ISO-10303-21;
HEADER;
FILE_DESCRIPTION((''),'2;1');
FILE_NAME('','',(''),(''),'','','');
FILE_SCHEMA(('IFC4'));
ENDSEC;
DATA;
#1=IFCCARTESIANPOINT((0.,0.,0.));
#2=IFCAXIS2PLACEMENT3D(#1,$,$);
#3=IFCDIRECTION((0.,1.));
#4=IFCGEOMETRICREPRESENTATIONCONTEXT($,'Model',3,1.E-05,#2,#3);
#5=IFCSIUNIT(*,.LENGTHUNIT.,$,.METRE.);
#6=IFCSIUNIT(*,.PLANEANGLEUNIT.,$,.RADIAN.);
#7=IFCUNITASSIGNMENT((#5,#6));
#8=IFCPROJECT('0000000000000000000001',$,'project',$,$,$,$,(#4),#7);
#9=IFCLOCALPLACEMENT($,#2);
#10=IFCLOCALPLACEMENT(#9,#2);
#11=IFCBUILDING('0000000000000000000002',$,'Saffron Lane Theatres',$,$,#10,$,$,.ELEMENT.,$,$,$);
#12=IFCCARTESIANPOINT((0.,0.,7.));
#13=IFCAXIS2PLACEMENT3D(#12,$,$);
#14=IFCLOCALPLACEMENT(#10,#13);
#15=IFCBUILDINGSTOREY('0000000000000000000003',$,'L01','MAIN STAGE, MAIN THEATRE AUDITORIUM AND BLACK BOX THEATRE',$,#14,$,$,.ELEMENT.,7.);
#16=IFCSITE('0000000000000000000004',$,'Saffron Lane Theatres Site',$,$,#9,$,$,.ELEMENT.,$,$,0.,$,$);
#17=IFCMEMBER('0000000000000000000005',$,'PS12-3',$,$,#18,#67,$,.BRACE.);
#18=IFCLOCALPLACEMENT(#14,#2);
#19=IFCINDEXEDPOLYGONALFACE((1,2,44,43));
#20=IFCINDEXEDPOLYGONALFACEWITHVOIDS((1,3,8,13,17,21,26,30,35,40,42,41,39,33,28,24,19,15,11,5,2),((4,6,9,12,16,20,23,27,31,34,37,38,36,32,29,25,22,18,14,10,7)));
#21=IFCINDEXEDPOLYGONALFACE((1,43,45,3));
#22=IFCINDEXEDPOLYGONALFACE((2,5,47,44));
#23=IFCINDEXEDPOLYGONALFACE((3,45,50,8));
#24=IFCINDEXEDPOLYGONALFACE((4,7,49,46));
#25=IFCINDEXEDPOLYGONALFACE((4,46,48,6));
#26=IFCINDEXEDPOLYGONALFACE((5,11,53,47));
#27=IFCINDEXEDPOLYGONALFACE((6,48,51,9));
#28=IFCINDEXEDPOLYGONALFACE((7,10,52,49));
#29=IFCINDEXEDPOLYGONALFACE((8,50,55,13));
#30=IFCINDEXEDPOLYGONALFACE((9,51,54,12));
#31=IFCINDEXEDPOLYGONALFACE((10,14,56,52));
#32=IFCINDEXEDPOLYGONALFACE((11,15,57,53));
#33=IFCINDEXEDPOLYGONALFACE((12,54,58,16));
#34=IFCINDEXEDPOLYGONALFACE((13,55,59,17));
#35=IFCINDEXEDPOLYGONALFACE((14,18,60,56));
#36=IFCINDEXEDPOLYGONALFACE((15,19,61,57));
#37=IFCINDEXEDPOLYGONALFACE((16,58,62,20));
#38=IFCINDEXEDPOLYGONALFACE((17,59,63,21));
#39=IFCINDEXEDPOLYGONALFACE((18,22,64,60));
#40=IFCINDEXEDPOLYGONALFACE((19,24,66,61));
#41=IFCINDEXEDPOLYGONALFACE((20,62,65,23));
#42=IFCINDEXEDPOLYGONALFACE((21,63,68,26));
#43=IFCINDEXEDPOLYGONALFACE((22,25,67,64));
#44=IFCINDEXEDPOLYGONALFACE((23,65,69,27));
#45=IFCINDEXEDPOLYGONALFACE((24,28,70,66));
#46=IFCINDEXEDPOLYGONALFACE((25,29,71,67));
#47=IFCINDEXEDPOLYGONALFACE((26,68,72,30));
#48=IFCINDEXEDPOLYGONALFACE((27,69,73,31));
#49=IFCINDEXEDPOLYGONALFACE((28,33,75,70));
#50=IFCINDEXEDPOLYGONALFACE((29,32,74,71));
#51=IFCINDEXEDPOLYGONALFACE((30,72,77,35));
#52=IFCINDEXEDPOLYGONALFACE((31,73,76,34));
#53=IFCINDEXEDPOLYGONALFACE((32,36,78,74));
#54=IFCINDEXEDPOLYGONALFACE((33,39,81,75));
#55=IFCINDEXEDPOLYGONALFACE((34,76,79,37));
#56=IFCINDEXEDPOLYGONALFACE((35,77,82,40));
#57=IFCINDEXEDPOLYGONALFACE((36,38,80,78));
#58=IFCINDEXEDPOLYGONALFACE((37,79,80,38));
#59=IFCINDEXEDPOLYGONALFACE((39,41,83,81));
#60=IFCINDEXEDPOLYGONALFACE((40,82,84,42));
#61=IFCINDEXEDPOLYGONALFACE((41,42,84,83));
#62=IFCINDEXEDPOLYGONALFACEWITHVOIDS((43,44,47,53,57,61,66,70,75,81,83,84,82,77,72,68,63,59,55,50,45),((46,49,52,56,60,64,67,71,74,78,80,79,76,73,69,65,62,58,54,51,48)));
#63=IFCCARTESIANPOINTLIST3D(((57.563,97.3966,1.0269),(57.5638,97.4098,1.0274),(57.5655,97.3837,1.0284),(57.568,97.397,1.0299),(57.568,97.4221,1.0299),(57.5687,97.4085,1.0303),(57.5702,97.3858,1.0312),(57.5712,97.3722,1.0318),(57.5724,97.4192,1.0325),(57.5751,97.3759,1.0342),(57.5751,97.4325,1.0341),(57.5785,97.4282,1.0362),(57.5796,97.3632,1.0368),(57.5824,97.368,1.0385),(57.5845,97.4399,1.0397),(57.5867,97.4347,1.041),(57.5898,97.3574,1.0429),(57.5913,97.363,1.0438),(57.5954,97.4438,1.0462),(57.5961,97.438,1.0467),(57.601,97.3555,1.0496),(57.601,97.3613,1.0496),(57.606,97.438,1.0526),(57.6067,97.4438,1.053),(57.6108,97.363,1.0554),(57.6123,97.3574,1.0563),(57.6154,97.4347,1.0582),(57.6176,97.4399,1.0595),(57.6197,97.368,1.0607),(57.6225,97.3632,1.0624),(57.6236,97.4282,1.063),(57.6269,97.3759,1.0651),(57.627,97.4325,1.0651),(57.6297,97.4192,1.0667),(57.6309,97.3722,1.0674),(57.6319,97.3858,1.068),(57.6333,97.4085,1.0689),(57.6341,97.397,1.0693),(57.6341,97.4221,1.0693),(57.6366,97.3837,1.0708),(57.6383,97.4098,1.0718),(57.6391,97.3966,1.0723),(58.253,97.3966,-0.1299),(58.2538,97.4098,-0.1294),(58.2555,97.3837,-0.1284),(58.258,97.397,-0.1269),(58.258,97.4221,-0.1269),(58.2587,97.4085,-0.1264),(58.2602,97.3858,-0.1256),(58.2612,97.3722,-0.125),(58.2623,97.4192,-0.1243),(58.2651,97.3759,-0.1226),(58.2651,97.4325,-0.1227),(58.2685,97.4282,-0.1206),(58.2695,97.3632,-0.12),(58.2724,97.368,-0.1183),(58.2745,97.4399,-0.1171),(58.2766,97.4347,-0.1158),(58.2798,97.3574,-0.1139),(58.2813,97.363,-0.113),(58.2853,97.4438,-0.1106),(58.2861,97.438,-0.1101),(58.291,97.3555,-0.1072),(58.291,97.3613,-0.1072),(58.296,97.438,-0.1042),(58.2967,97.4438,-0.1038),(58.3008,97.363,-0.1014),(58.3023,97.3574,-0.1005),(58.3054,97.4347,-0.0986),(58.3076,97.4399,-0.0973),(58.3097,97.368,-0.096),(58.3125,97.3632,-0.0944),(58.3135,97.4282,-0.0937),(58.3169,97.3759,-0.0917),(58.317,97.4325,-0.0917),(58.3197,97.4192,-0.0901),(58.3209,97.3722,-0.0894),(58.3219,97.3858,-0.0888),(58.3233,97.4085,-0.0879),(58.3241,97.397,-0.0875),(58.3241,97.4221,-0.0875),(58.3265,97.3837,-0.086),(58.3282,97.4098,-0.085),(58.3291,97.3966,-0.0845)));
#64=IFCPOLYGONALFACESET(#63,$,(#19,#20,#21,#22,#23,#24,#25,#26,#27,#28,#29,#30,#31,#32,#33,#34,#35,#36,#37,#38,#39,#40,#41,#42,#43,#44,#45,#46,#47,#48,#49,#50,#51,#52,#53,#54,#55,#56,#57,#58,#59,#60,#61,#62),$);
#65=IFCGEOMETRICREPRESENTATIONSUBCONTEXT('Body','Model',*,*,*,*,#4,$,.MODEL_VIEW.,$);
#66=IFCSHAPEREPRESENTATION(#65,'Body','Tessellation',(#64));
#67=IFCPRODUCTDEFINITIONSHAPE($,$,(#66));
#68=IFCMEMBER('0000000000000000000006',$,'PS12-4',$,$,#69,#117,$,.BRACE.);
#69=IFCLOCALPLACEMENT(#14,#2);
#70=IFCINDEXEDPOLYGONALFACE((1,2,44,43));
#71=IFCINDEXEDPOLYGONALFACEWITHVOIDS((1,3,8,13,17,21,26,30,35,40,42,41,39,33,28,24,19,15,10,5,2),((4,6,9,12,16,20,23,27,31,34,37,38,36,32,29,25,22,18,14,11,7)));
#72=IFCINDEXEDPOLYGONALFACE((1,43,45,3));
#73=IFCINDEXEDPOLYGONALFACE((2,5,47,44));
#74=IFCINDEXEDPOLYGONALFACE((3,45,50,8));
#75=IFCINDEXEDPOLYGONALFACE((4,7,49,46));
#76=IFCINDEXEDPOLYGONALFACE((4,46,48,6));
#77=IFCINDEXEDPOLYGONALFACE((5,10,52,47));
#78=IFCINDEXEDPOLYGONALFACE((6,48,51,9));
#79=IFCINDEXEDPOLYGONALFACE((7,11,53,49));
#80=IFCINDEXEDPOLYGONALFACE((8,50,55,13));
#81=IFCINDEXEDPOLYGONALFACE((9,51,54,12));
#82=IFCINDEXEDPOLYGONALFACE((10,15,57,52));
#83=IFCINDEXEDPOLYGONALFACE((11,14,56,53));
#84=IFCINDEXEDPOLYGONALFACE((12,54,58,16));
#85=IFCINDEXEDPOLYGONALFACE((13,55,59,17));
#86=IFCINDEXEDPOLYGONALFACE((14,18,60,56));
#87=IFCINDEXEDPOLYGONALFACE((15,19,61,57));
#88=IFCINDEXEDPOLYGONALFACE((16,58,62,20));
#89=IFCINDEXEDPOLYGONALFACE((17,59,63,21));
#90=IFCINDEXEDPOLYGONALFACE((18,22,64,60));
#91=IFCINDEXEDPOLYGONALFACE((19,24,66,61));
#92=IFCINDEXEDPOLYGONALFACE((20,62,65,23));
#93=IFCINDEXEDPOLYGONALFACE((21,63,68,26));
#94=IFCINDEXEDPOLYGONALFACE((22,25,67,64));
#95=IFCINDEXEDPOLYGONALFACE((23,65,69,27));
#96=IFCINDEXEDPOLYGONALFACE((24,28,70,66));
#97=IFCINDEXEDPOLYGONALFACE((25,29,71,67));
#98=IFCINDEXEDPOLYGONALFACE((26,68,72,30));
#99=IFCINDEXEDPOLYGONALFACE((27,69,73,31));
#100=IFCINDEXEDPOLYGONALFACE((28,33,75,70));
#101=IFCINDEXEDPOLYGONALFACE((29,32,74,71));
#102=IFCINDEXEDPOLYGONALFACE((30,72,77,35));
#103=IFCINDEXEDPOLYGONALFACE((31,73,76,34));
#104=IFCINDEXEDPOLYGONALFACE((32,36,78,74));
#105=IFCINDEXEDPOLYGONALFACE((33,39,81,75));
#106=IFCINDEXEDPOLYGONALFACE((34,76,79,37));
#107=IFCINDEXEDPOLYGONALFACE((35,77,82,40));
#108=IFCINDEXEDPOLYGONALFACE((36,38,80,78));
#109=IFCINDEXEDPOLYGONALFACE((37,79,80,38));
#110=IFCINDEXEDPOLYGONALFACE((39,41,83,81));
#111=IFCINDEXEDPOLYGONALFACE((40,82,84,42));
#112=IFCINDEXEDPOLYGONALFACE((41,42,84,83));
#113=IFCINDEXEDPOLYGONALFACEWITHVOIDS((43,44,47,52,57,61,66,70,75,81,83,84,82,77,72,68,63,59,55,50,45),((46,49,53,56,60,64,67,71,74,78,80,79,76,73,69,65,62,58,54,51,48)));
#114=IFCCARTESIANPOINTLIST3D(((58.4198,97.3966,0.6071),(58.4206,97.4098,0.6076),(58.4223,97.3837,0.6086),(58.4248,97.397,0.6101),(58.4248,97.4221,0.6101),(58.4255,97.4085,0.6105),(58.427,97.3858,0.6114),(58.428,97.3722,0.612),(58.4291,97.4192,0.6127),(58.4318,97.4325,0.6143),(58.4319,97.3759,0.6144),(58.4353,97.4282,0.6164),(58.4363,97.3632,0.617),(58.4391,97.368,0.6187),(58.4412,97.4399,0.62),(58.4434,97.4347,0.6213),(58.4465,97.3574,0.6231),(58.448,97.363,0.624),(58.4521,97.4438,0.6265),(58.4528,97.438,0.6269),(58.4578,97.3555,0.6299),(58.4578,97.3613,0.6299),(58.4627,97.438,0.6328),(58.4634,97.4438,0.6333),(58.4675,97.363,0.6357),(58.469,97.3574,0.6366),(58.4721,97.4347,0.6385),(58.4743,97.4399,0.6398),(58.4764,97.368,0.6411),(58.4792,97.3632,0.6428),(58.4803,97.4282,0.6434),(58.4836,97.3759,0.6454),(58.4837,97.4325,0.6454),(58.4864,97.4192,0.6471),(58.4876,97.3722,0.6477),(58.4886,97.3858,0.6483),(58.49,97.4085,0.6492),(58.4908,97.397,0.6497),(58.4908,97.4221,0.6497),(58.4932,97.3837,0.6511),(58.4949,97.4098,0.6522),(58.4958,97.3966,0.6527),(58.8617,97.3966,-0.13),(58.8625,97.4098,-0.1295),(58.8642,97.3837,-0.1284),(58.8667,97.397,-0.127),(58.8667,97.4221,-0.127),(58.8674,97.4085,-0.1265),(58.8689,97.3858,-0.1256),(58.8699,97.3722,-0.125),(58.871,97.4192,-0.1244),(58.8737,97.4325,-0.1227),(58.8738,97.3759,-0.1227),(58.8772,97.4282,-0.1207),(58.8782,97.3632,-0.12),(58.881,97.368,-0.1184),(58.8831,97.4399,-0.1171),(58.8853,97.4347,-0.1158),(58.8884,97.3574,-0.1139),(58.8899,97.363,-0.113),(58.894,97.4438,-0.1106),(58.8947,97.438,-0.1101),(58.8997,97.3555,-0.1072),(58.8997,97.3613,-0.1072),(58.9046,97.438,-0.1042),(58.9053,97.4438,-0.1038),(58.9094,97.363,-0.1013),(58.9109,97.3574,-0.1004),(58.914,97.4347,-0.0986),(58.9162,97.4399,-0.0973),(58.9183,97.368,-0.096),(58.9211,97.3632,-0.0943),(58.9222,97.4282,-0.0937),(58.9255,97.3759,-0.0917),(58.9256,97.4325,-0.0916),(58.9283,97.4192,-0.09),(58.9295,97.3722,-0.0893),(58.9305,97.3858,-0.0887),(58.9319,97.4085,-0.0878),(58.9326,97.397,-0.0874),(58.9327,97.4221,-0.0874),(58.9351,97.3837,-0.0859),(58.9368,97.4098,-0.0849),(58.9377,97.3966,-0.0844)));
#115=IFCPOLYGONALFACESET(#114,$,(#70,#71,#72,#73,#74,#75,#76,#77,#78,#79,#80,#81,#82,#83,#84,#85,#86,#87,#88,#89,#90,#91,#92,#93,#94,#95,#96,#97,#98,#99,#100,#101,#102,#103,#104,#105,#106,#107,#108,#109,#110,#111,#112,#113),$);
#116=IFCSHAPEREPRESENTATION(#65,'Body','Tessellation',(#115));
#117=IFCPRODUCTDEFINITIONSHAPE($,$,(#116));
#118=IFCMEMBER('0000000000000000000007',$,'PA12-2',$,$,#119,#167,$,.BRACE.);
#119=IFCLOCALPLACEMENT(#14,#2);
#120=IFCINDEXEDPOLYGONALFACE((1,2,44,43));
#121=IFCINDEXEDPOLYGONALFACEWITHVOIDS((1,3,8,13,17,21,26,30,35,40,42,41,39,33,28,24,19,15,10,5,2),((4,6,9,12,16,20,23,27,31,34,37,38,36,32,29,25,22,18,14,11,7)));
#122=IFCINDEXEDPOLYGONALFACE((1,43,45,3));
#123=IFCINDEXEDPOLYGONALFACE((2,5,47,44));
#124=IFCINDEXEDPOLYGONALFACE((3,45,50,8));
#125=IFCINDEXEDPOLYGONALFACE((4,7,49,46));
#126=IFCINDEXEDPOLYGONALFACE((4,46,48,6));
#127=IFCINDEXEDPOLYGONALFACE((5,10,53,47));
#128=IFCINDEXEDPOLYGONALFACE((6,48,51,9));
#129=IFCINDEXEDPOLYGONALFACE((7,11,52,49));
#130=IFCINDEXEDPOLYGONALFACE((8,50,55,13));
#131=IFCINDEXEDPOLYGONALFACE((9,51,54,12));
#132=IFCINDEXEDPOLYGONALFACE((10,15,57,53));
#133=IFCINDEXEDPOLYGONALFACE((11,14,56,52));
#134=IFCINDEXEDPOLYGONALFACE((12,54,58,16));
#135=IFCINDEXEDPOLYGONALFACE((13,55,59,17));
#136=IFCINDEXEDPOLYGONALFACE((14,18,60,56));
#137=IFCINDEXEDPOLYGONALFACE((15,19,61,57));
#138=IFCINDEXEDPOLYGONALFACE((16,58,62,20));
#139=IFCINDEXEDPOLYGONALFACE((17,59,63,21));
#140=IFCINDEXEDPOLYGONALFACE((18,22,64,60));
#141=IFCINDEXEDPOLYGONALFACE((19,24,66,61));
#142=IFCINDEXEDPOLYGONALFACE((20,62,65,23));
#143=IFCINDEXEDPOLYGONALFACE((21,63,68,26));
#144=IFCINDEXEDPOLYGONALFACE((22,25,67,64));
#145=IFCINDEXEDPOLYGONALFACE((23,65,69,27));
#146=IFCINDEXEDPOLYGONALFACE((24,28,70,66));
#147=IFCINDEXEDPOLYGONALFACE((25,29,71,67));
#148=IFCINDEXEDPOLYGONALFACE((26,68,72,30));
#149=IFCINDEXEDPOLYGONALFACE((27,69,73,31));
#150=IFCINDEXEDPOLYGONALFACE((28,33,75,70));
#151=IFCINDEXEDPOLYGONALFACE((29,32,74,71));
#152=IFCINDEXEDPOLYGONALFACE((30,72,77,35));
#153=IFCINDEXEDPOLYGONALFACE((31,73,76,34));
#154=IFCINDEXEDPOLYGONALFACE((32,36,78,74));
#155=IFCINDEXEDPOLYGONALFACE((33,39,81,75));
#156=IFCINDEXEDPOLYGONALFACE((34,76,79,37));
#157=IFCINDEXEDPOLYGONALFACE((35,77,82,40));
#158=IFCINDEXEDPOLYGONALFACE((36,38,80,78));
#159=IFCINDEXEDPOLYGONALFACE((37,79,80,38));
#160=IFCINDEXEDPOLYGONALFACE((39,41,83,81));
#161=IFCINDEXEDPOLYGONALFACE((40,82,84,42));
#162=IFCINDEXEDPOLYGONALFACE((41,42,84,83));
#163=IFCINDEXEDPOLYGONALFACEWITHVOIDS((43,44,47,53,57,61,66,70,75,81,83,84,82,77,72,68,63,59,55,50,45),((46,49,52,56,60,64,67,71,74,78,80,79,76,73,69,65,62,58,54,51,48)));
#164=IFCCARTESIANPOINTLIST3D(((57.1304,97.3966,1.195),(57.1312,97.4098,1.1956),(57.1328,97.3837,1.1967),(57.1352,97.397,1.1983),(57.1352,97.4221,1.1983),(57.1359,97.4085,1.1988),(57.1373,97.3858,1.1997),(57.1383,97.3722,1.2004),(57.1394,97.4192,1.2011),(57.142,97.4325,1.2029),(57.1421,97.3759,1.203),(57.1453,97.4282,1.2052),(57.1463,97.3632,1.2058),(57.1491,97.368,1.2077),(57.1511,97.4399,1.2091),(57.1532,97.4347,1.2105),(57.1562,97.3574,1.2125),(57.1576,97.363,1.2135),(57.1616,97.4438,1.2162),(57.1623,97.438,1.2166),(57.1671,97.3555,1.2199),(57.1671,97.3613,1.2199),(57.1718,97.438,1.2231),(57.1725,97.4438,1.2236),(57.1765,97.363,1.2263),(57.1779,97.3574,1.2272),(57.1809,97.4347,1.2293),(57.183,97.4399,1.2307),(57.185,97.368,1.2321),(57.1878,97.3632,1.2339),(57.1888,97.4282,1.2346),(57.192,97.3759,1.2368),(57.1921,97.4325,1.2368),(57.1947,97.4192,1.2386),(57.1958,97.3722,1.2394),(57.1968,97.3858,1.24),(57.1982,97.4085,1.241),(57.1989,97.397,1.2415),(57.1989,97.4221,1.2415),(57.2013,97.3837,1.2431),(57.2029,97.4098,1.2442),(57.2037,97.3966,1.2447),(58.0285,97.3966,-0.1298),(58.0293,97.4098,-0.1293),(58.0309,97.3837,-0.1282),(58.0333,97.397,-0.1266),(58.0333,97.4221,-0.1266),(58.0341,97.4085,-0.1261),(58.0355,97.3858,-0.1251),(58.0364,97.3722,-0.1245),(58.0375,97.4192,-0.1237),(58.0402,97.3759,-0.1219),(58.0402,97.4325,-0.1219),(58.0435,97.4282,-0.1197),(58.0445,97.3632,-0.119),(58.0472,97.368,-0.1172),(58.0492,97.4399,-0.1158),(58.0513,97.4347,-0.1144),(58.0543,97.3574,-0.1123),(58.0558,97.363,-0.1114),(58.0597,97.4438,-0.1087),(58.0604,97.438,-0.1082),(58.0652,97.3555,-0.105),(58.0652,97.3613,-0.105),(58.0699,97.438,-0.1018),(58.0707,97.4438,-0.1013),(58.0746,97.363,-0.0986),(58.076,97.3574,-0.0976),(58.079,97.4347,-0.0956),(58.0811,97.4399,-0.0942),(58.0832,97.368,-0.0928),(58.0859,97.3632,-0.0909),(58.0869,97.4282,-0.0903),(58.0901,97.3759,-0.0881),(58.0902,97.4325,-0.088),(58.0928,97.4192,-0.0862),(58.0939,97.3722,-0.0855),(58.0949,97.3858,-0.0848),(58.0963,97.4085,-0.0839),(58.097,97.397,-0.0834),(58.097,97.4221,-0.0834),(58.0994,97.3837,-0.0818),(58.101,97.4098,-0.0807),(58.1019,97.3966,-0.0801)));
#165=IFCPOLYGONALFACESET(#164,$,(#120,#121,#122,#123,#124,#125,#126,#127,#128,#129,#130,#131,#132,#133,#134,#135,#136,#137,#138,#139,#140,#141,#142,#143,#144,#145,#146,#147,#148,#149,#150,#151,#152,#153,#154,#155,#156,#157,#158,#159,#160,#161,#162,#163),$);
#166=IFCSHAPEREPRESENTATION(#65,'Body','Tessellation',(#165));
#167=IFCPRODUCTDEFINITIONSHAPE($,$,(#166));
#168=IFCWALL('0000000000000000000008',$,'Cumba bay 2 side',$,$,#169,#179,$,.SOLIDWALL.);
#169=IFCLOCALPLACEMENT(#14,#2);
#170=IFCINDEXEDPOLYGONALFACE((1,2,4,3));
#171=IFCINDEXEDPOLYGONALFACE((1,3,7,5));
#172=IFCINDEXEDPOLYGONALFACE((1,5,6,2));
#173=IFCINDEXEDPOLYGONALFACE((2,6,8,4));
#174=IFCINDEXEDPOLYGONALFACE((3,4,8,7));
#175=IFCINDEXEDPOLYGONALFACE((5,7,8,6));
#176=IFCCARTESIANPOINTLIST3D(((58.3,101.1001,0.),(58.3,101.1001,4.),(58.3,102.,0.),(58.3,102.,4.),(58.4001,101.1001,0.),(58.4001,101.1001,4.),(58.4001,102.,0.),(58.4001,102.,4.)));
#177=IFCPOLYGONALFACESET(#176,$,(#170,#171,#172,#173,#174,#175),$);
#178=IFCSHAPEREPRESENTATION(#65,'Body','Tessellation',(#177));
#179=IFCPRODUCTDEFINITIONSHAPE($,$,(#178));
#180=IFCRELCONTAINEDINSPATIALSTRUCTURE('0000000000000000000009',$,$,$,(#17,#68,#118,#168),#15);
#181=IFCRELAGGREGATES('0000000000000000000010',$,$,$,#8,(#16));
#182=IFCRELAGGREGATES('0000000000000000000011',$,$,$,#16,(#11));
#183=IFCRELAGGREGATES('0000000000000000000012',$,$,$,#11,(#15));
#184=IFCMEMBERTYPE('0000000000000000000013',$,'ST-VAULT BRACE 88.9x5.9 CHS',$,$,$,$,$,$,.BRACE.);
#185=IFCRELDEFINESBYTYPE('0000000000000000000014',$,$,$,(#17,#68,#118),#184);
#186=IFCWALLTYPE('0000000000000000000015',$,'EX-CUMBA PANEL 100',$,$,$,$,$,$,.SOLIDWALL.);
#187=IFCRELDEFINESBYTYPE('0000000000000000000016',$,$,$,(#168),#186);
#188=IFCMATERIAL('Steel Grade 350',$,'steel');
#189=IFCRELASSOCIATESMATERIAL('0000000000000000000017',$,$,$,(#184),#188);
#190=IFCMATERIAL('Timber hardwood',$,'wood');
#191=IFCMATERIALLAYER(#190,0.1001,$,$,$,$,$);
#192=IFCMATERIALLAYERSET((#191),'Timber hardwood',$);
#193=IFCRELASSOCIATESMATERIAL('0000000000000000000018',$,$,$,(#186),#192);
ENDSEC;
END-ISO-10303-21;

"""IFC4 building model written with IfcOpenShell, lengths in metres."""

from ifc_helpers import new_model, si_unit, direction, frame, frame_2d, origin, origin_2d, place, context, subcontext, project, spatial, rectangle, hollow_circle, extrude, material, layer, layer_set, material_profile, profile_set, type_object, element, save


model = new_model("IFC4")

# Units and contexts
model_context = context("Model", 3, precision=1e-05, world=origin(), true_north=direction((0.0, 1.0)))
body_context = subcontext(model_context, "Body", "Model", "MODEL_VIEW")
ifc_project = project(units=[si_unit("LENGTHUNIT", "METRE"), si_unit("PLANEANGLEUNIT", "RADIAN")], contexts=[model_context])

# Site, building, storey
site_placement = place(None, origin())
site = spatial("IfcSite", under=ifc_project, at=site_placement, Name="Saffron Lane Theatres Site", CompositionType="ELEMENT", RefElevation=0.0)
building_placement = place(site_placement, origin())
building = spatial("IfcBuilding", under=site, at=building_placement, Name="Saffron Lane Theatres", CompositionType="ELEMENT")
storey_placement = place(building_placement, frame((0.0, 0.0, 7.0)))
storey = spatial("IfcBuildingStorey", under=building, at=storey_placement, Name="L01", Description="MAIN STAGE, MAIN THEATRE AUDITORIUM AND BLACK BOX THEATRE", CompositionType="ELEMENT", Elevation=7.0)

# Members
ifc_material_1 = material(Name="Steel Grade 350", Category="steel")
ifc_material_profile_1 = material_profile(ifc_material_1, hollow_circle(Radius=0.0444, WallThickness=0.0059, at=origin_2d()))
ifc_profile_set_1 = profile_set([ifc_material_profile_1], Name="Steel Grade 350")
member_type = type_object("IfcMemberType", Name="ST-VAULT BRACE 88.9x5.9 CHS", PredefinedType="BRACE", material=ifc_profile_set_1)
member_1_placement = place(storey_placement, frame((58.291, 97.3999, -0.1072), z_axis=(-0.512255, 0.0, 0.858833), x_axis=(0.0, -1.0, 0.0)))
element("IfcMember", 1, at=member_1_placement, inside=storey, type_object=member_type, Name="PS12-3", PredefinedType="BRACE", context=body_context, shape_type="SweptSolid", body=[
    extrude(hollow_circle(Radius=0.0444, WallThickness=0.0059, at=origin_2d()), origin(), (0.0, 0.0, 1.0), 1.3469),
])
member_2_placement = place(storey_placement, frame((58.8997, 97.3999, -0.1072), z_axis=(-0.514203, 0.0, 0.857668), x_axis=(0.0, -1.0, 0.0)))
element("IfcMember", 2, at=member_2_placement, inside=storey, type_object=member_type, Name="PS12-4", PredefinedType="BRACE", context=body_context, shape_type="SweptSolid", body=[
    extrude(hollow_circle(Radius=0.0444, WallThickness=0.0059, at=origin_2d()), origin(), (0.0, 0.0, 1.0), 0.8594),
])
member_3_placement = place(storey_placement, frame((58.0652, 97.3999, -0.105), z_axis=(-0.561125, 0.0, 0.827731), x_axis=(0.0, -1.0, 0.0)))
element("IfcMember", 3, at=member_3_placement, inside=storey, type_object=member_type, Name="PA12-2", PredefinedType="BRACE", context=body_context, shape_type="SweptSolid", body=[
    extrude(hollow_circle(Radius=0.0444, WallThickness=0.0059, at=origin_2d()), origin(), (0.0, 0.0, 1.0), 1.6006),
])

# Wall
ifc_material_2 = material(Name="Timber hardwood", Category="wood")
ifc_layer_1 = layer(ifc_material_2, 0.1001)
ifc_layer_set_1 = layer_set([ifc_layer_1], Name="Timber hardwood")
wall_type = type_object("IfcWallType", Name="EX-CUMBA PANEL 100", PredefinedType="SOLIDWALL", material=ifc_layer_set_1)
wall_1_placement = place(storey_placement, frame((58.3501, 102.0, 0.0), z_axis=(0.0, 0.0, 1.0), x_axis=(0.0, -1.0, 0.0)))
element("IfcWall", 4, at=wall_1_placement, inside=storey, type_object=wall_type, Name="Cumba bay 2 side", PredefinedType="SOLIDWALL", context=body_context, shape_type="SweptSolid", body=[
    extrude(rectangle(XDim=0.8999, YDim=0.1001, at=frame_2d((0.45, 0.0))), origin(), (0.0, 0.0, 1.0), 4.0),
])

save(model, "model.ifc")
